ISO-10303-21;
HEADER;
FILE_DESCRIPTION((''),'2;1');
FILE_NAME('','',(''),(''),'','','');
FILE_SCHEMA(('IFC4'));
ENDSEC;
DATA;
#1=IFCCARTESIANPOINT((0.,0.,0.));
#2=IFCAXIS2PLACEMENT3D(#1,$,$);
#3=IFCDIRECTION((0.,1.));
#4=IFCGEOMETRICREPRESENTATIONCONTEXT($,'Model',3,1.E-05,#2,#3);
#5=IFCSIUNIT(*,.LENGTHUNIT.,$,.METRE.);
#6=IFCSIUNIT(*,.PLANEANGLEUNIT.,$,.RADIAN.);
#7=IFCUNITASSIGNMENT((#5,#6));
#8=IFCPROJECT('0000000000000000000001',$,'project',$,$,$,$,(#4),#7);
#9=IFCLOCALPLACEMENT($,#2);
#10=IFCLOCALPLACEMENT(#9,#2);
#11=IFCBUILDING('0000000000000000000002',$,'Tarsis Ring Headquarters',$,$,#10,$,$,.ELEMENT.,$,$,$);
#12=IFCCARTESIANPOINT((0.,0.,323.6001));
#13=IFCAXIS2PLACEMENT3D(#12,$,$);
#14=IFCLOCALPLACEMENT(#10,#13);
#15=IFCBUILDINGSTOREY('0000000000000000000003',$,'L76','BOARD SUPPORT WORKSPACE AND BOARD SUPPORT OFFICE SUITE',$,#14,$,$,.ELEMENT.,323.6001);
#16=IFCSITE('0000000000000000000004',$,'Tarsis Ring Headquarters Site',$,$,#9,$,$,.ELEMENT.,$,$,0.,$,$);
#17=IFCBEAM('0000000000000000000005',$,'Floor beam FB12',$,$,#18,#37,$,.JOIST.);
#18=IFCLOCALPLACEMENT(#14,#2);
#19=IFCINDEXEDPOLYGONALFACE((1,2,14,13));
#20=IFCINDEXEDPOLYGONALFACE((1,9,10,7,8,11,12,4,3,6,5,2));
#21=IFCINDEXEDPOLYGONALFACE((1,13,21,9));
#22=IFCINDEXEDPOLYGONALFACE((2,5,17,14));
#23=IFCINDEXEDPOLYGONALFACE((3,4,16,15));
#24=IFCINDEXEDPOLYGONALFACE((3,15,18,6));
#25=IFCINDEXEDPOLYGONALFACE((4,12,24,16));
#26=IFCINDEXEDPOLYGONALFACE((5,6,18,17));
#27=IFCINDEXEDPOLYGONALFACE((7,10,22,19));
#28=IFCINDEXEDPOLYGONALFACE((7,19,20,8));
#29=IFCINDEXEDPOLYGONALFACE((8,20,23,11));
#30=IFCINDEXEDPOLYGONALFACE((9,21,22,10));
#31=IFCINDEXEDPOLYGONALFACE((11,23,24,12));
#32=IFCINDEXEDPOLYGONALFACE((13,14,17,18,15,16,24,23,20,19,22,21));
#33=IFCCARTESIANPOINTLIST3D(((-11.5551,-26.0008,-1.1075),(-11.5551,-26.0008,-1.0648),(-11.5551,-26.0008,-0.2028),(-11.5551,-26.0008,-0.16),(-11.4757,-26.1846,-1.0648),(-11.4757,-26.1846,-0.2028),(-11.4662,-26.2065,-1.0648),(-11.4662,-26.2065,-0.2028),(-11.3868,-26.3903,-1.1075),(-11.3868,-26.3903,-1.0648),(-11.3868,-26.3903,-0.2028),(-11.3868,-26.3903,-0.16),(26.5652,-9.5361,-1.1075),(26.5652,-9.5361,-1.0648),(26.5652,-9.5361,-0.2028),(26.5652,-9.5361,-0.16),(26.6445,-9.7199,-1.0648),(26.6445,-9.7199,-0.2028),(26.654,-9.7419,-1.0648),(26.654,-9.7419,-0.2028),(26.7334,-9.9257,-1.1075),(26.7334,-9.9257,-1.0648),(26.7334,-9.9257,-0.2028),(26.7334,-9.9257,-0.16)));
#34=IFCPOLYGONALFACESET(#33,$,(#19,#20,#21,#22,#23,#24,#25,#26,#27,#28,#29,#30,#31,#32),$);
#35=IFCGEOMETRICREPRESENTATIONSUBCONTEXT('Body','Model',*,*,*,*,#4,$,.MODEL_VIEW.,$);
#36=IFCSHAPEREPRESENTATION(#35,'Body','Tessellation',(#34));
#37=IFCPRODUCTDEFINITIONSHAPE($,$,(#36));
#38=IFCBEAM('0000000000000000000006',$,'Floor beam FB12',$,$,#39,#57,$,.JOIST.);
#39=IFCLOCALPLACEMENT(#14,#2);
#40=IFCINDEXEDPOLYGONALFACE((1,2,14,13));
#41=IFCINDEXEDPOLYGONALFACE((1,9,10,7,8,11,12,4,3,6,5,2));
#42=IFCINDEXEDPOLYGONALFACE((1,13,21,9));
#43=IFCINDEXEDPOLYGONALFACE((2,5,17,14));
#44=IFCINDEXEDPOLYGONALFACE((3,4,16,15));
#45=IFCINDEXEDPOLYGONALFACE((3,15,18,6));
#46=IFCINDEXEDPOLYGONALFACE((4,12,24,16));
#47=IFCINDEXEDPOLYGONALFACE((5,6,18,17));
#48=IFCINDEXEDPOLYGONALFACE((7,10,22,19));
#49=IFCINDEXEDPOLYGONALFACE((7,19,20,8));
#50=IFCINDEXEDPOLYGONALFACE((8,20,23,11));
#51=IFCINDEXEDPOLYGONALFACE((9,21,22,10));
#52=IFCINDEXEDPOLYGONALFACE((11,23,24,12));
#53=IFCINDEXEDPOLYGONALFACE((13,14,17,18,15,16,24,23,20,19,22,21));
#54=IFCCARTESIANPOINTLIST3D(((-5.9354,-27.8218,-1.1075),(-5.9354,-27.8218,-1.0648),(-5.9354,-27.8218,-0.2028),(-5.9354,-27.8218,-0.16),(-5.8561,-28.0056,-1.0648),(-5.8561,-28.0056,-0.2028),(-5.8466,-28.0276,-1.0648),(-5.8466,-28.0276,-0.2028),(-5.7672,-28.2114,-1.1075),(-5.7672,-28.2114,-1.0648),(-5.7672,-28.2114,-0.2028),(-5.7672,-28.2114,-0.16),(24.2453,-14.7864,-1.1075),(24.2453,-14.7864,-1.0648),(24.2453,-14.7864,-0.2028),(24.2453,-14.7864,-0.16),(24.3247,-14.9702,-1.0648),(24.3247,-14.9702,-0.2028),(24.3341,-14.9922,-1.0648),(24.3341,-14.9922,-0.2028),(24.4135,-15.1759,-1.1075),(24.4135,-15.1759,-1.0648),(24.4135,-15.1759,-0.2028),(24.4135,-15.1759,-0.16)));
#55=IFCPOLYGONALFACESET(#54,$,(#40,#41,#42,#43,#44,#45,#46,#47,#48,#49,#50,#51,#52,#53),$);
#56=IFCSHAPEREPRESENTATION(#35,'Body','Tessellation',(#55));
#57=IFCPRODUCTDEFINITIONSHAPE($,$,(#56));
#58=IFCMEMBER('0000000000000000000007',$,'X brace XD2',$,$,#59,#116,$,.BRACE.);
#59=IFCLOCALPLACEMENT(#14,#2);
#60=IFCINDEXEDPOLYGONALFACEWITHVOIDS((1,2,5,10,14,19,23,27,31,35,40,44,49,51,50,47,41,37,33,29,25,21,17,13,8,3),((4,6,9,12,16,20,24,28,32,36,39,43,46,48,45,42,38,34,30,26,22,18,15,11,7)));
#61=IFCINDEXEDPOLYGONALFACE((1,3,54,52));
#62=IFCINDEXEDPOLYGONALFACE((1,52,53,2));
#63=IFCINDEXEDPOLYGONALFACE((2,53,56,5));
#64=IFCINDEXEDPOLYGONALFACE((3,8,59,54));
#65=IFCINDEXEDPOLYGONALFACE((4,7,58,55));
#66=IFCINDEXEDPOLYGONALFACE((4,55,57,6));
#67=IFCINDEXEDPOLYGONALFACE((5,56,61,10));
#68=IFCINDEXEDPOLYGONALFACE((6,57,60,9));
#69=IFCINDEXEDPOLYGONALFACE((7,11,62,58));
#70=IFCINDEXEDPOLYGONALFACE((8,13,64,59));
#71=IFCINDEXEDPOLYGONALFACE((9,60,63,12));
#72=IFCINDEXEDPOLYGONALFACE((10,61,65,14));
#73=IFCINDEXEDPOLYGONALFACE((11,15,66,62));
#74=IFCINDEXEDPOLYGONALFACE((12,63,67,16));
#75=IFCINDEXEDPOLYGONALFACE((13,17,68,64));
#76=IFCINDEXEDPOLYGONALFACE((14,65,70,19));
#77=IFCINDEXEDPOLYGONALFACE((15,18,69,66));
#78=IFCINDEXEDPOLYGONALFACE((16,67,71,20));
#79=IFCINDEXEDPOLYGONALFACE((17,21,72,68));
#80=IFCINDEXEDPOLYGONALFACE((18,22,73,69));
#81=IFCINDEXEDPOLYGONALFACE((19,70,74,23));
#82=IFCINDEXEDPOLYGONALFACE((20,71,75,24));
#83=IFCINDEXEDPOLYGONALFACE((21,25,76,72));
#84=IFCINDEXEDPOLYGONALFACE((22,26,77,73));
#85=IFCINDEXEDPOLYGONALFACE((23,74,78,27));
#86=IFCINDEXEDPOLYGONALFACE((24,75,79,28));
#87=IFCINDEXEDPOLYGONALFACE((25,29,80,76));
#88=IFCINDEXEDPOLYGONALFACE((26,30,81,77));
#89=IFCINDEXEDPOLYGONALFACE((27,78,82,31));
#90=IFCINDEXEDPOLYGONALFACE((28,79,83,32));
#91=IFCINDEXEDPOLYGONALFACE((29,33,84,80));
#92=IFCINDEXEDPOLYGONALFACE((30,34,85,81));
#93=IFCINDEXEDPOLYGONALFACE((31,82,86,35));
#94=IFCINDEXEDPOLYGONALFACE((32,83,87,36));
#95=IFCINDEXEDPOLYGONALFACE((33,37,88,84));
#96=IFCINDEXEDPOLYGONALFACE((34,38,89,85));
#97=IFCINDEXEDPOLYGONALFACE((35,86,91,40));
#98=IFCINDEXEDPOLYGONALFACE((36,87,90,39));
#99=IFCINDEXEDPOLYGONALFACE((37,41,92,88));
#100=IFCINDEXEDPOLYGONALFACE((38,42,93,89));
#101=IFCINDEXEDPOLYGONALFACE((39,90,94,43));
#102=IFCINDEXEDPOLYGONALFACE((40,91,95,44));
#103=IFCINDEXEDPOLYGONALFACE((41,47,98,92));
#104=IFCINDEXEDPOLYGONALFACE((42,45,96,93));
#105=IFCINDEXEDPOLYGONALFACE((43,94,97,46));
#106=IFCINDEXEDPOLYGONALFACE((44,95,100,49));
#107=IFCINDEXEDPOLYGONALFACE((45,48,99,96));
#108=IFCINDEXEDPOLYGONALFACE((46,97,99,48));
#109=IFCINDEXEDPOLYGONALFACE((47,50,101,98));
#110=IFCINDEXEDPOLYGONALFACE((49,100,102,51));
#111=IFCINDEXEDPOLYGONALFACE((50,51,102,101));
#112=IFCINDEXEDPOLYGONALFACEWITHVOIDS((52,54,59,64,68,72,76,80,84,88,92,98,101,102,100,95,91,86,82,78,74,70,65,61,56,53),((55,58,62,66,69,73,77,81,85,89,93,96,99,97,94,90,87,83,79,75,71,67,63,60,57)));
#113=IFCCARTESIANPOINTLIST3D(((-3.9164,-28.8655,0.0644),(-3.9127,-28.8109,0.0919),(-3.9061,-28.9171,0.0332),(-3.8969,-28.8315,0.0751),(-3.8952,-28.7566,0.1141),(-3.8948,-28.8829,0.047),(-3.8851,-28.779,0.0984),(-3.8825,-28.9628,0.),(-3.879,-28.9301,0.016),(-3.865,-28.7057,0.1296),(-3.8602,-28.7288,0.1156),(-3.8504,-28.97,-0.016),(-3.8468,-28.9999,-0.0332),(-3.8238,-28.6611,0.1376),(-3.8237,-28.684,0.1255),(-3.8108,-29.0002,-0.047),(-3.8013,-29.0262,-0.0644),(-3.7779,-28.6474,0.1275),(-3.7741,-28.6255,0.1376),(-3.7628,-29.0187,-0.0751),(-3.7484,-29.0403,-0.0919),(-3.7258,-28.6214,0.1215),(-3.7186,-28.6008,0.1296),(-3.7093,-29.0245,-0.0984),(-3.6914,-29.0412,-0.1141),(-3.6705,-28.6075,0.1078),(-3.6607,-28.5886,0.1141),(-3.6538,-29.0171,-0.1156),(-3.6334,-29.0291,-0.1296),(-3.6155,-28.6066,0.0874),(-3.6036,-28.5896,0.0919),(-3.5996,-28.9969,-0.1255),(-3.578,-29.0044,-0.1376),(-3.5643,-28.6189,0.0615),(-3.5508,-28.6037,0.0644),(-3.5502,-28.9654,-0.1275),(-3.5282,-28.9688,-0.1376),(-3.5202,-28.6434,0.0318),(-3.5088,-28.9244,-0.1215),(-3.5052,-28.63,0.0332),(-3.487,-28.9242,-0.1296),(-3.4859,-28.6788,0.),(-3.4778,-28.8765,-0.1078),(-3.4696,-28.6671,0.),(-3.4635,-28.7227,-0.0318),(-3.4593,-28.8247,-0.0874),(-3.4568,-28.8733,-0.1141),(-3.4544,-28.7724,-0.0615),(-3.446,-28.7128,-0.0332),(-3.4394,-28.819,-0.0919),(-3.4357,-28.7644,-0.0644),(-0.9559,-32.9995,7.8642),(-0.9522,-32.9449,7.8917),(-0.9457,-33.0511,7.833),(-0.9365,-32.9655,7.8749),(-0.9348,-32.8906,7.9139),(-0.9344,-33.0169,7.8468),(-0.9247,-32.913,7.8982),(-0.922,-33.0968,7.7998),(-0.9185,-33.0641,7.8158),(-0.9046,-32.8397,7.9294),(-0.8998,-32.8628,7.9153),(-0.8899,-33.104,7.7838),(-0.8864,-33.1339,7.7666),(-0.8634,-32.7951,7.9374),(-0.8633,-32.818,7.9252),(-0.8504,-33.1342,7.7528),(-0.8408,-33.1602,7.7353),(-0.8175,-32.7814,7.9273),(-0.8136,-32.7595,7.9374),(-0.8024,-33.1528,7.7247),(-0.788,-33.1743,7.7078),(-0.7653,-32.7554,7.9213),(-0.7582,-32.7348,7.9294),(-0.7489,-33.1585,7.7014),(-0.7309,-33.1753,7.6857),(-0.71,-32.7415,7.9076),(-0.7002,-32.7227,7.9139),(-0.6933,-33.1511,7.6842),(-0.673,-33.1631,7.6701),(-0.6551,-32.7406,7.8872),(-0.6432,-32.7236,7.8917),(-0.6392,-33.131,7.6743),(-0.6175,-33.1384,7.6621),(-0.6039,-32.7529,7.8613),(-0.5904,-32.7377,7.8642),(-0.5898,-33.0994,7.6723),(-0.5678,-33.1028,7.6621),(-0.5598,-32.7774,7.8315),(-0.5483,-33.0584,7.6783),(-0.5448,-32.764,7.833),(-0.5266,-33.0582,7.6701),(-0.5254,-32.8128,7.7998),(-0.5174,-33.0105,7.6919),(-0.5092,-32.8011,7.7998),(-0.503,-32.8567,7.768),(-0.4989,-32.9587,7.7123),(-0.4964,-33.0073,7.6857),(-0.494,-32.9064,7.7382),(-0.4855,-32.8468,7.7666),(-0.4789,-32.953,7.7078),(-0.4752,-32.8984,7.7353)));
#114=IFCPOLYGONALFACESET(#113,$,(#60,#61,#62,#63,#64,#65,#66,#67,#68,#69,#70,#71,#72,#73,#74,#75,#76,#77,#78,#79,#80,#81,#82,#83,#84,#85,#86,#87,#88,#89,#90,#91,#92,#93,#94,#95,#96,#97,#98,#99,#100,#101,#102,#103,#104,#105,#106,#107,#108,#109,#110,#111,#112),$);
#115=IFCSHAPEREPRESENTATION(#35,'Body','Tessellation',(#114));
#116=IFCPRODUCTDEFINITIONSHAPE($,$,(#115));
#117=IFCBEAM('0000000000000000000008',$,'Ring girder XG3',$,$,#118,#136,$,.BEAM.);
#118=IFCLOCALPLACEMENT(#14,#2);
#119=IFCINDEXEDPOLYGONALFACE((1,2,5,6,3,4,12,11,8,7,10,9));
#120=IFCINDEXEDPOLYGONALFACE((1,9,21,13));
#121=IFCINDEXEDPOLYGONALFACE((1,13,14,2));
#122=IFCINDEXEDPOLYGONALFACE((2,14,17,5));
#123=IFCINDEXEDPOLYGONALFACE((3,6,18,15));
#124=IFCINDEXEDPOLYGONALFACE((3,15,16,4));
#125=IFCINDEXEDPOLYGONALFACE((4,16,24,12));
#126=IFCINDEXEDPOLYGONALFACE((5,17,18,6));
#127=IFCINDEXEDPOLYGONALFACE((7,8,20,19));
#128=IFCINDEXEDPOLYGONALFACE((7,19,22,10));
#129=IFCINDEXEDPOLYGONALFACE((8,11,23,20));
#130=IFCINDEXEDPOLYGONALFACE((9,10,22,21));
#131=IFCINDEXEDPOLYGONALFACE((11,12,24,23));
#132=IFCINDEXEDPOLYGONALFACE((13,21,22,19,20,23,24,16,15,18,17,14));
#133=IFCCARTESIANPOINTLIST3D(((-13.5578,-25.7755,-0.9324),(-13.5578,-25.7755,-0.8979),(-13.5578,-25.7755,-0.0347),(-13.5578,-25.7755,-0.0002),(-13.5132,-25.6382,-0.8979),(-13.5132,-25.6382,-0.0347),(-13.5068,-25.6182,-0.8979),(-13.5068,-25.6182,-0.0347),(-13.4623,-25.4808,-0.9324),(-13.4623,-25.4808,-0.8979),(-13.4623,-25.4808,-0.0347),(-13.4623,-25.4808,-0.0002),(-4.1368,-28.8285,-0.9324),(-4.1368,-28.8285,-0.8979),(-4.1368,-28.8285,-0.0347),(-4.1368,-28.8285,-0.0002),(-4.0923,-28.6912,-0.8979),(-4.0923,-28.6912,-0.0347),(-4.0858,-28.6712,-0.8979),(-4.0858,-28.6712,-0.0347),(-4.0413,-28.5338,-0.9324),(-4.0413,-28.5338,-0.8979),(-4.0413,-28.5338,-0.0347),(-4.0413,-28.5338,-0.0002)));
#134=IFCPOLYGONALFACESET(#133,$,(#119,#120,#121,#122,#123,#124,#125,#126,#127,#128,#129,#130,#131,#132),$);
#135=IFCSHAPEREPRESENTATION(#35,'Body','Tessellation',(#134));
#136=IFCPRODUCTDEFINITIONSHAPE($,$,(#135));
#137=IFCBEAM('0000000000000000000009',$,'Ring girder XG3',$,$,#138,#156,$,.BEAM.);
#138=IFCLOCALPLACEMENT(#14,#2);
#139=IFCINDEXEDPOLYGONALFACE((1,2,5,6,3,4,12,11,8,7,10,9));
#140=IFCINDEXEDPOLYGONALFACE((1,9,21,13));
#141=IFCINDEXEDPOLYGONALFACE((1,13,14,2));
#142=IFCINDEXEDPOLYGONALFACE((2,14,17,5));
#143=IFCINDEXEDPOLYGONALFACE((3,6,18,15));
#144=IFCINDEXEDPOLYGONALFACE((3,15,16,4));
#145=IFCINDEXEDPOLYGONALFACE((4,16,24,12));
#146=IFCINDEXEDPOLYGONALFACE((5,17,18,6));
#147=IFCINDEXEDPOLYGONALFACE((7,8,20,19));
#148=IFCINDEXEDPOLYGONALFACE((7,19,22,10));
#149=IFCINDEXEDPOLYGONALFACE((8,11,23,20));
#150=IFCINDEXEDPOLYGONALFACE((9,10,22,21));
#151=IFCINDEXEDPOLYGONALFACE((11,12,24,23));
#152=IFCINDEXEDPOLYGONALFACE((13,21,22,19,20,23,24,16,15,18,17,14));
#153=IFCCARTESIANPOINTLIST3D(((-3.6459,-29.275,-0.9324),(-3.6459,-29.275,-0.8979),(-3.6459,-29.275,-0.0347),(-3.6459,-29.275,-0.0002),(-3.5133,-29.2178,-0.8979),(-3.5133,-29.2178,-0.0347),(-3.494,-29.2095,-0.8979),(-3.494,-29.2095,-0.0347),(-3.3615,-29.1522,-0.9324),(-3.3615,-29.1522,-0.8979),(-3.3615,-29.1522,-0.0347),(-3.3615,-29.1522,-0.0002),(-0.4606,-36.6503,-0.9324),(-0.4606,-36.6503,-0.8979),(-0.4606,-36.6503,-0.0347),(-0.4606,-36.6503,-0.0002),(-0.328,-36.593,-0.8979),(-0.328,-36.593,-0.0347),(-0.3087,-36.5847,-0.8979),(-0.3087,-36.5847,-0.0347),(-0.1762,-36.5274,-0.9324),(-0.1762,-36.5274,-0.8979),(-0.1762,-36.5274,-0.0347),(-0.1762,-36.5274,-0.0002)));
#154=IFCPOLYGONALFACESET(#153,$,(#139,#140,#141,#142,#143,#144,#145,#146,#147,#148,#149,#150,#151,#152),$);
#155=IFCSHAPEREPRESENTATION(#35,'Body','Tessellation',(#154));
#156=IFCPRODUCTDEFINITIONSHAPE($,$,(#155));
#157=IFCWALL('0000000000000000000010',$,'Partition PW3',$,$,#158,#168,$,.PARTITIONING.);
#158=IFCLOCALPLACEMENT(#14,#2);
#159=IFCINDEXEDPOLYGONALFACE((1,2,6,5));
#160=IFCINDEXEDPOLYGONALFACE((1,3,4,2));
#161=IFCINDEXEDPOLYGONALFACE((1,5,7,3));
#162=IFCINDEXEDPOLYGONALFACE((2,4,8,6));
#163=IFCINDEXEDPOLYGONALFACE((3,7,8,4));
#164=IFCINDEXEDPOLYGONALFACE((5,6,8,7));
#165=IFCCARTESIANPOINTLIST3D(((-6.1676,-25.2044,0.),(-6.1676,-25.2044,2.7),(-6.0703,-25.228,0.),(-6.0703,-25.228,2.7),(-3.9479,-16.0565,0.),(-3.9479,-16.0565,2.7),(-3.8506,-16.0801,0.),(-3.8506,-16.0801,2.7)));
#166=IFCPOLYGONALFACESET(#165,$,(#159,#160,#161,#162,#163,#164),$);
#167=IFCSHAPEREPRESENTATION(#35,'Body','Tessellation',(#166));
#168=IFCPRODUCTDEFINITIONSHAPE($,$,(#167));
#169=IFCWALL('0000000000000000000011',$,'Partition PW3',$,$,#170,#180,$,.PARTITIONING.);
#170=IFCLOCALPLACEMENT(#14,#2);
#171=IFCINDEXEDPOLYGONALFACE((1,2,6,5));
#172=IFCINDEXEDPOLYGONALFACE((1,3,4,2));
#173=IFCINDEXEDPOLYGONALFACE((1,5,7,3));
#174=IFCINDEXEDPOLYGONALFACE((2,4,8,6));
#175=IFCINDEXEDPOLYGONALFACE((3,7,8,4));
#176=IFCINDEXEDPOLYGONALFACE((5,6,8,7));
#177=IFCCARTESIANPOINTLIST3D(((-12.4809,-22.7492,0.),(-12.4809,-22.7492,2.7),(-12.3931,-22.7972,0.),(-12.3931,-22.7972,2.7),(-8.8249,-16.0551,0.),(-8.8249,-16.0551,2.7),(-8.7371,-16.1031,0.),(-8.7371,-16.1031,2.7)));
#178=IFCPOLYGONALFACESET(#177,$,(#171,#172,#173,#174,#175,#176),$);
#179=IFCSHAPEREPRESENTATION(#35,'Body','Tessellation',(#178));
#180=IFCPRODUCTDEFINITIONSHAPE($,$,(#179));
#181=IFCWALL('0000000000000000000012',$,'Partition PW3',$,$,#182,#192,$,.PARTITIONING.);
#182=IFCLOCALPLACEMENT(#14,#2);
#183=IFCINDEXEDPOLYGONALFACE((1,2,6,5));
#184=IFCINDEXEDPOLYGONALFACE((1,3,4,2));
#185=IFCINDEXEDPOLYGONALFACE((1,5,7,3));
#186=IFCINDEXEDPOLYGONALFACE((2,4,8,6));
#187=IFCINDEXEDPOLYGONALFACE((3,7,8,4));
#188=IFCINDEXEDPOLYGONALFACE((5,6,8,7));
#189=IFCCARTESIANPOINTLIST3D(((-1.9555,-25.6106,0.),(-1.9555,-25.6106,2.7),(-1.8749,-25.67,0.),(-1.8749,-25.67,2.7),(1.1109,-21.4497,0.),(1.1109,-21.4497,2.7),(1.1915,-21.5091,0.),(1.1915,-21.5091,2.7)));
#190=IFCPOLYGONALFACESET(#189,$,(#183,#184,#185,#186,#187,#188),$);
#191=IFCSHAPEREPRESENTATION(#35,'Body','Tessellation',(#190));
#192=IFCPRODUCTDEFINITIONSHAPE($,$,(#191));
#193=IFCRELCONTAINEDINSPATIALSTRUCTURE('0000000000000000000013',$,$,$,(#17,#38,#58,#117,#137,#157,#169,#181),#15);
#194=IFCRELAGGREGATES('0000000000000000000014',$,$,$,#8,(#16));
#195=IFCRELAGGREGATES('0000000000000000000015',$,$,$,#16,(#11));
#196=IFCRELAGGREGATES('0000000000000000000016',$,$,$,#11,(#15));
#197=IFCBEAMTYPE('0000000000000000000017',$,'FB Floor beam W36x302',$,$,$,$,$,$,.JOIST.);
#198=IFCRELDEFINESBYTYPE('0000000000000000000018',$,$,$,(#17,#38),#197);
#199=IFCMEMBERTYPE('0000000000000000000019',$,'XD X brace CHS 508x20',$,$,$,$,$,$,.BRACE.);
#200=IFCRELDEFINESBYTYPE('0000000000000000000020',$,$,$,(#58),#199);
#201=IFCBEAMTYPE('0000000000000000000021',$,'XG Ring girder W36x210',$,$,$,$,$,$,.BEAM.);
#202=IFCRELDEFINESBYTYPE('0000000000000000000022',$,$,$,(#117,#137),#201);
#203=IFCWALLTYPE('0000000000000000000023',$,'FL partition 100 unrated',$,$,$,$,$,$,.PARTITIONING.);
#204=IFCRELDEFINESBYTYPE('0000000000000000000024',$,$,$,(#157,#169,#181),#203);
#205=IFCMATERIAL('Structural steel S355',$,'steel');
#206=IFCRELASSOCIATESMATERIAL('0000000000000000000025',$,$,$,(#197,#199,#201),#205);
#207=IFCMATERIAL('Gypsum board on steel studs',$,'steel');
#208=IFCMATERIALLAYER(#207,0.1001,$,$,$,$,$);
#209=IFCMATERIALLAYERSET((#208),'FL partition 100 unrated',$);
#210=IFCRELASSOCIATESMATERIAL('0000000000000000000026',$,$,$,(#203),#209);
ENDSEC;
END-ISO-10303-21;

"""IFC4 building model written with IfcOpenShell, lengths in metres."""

from ifc_helpers import new_model, si_unit, direction, frame, frame_2d, origin, origin_2d, place, context, subcontext, project, spatial, rectangle, hollow_circle, i_section, extrude, material, layer, layer_set, material_profile, profile_set, type_object, element, save


model = new_model("IFC4")

# Units and contexts
model_context = context("Model", 3, precision=1e-05, world=origin(), true_north=direction((0.0, 1.0)))
body_context = subcontext(model_context, "Body", "Model", "MODEL_VIEW")
ifc_project = project(units=[si_unit("LENGTHUNIT", "METRE"), si_unit("PLANEANGLEUNIT", "RADIAN")], contexts=[model_context])

# Site, building, storey
site_placement = place(None, origin())
site = spatial("IfcSite", under=ifc_project, at=site_placement, Name="Tarsis Ring Headquarters Site", CompositionType="ELEMENT", RefElevation=0.0)
building_placement = place(site_placement, origin())
building = spatial("IfcBuilding", under=site, at=building_placement, Name="Tarsis Ring Headquarters", CompositionType="ELEMENT")
storey_placement = place(building_placement, frame((0.0, 0.0, 323.6001)))
storey = spatial("IfcBuildingStorey", under=building, at=storey_placement, Name="L76", Description="BOARD SUPPORT WORKSPACE AND BOARD SUPPORT OFFICE SUITE", CompositionType="ELEMENT", Elevation=323.6001)

# Shared definitions
ifc_material_1 = material(Name="Structural steel S355", Category="steel")

# Beams
ifc_material_profile_1 = material_profile(ifc_material_1, i_section(OverallWidth=0.4243, OverallDepth=0.9475, WebThickness=0.0239, FlangeThickness=0.0427, at=origin_2d()), Name="W36x302")
ifc_profile_set_1 = profile_set([ifc_material_profile_1], Name="Structural steel S355")
beam_type_1 = type_object("IfcBeamType", Name="FB Floor beam W36x302", PredefinedType="JOIST", material=ifc_profile_set_1)
beam_1_placement = place(storey_placement, frame((-11.4709, -26.1956, -0.6338), z_axis=(0.91803, 0.39651, 0.0), x_axis=(-0.39651, 0.91803, 0.0)))
element("IfcBeam", 1, at=beam_1_placement, inside=storey, type_object=beam_type_1, Name="Floor beam FB12", PredefinedType="JOIST", context=body_context, shape_type="SweptSolid", body=[
    extrude(i_section(OverallWidth=0.4243, OverallDepth=0.9475, WebThickness=0.0239, FlangeThickness=0.0427, at=origin_2d()), origin(), (0.0, 0.0, 1.0), 41.5239),
])
beam_2_placement = place(storey_placement, frame((-5.8513, -28.0166, -0.6338), z_axis=(0.918031, 0.396509, 0.0), x_axis=(-0.396509, 0.918031, 0.0)))
element("IfcBeam", 2, at=beam_2_placement, inside=storey, type_object=beam_type_1, Name="Floor beam FB12", PredefinedType="JOIST", context=body_context, shape_type="SweptSolid", body=[
    extrude(i_section(OverallWidth=0.4243, OverallDepth=0.9475, WebThickness=0.0239, FlangeThickness=0.0427, at=origin_2d()), origin(), (0.0, 0.0, 1.0), 32.8755),
])

# Member
ifc_material_profile_2 = material_profile(ifc_material_1, hollow_circle(Radius=0.2539, WallThickness=0.02, at=origin_2d()), Name="CHS 508x20")
ifc_profile_set_2 = profile_set([ifc_material_profile_2], Name="Structural steel S355")
member_type = type_object("IfcMemberType", Name="XD X brace CHS 508x20", PredefinedType="BRACE", material=ifc_profile_set_2)
member_placement = place(storey_placement, frame((-3.676, -28.8149, 0.0), z_axis=(0.317958, -0.444003, 0.837714), x_axis=(0.813029, 0.582223, 0.0)))
element("IfcMember", 3, at=member_placement, inside=storey, type_object=member_type, Name="X brace XD2", PredefinedType="BRACE", context=body_context, shape_type="SweptSolid", body=[
    extrude(hollow_circle(Radius=0.2539, WallThickness=0.02, at=origin_2d()), origin(), (0.0, 0.0, 1.0), 9.3108),
])

# Beams
ifc_material_profile_3 = material_profile(ifc_material_1, i_section(OverallWidth=0.3098, OverallDepth=0.9321, WebThickness=0.021, FlangeThickness=0.0344, at=origin_2d()), Name="W36x210")
ifc_profile_set_3 = profile_set([ifc_material_profile_3], Name="Structural steel S355")
beam_type_2 = type_object("IfcBeamType", Name="XG Ring girder W36x210", PredefinedType="BEAM", material=ifc_profile_set_3)
beam_3_placement = place(storey_placement, frame((-13.51, -25.6282, -0.4663), z_axis=(0.951295, -0.308281, 0.0), x_axis=(0.308281, 0.951295, 0.0)))
element("IfcBeam", 4, at=beam_3_placement, inside=storey, type_object=beam_type_2, Name="Ring girder XG3", PredefinedType="BEAM", context=body_context, shape_type="SweptSolid", body=[
    extrude(i_section(OverallWidth=0.3098, OverallDepth=0.9321, WebThickness=0.021, FlangeThickness=0.0344, at=origin_2d()), origin(), (0.0, 0.0, 1.0), 9.9033),
])
beam_4_placement = place(storey_placement, frame((-3.5037, -29.2136, -0.4663), z_axis=(0.396492, -0.918038, 0.0), x_axis=(0.918038, 0.396492, 0.0)))
element("IfcBeam", 5, at=beam_4_placement, inside=storey, type_object=beam_type_2, Name="Ring girder XG3", PredefinedType="BEAM", context=body_context, shape_type="SweptSolid", body=[
    extrude(i_section(OverallWidth=0.3098, OverallDepth=0.9321, WebThickness=0.021, FlangeThickness=0.0344, at=origin_2d()), origin(), (0.0, 0.0, 1.0), 8.0337),
])

# Walls
ifc_material_2 = material(Name="Gypsum board on steel studs", Category="steel")
ifc_layer_1 = layer(ifc_material_2, 0.1001)
ifc_layer_set_1 = layer_set([ifc_layer_1], Name="FL partition 100 unrated")
wall_type_1 = type_object("IfcWallType", Name="FL partition 100 unrated", PredefinedType="PARTITIONING", material=ifc_layer_set_1)
wall_1_placement = place(storey_placement, frame((-6.1189, -25.2161, 0.0), z_axis=(0.0, 0.0, 1.0), x_axis=(0.235805, 0.9718, 0.0)))
element("IfcWall", 6, at=wall_1_placement, inside=storey, type_object=wall_type_1, Name="Partition PW3", PredefinedType="PARTITIONING", context=body_context, shape_type="SweptSolid", body=[
    extrude(rectangle(XDim=9.4133, YDim=0.1001, at=frame_2d((4.7065, 0.0))), origin(), (0.0, 0.0, 1.0), 2.7),
])
wall_2_placement = place(storey_placement, frame((-12.437, -22.7732, 0.0), z_axis=(0.0, 0.0, 1.0), x_axis=(0.479325, 0.877637, 0.0)))
element("IfcWall", 7, at=wall_2_placement, inside=storey, type_object=wall_type_1, Name="Partition PW3", PredefinedType="PARTITIONING", context=body_context, shape_type="SweptSolid", body=[
    extrude(rectangle(XDim=7.6274, YDim=0.1001, at=frame_2d((3.8137, 0.0))), origin(), (0.0, 0.0, 1.0), 2.7),
])
wall_3_placement = place(storey_placement, frame((-1.9153, -25.6404, 0.0), z_axis=(0.0, 0.0, 1.0), x_axis=(0.59326, 0.805011, 0.0)))
element("IfcWall", 8, at=wall_3_placement, inside=storey, type_object=wall_type_1, Name="Partition PW3", PredefinedType="PARTITIONING", context=body_context, shape_type="SweptSolid", body=[
    extrude(rectangle(XDim=5.1687, YDim=0.1001, at=frame_2d((2.5845, 0.0))), origin(), (0.0, 0.0, 1.0), 2.7),
])

save(model, "model.ifc")
